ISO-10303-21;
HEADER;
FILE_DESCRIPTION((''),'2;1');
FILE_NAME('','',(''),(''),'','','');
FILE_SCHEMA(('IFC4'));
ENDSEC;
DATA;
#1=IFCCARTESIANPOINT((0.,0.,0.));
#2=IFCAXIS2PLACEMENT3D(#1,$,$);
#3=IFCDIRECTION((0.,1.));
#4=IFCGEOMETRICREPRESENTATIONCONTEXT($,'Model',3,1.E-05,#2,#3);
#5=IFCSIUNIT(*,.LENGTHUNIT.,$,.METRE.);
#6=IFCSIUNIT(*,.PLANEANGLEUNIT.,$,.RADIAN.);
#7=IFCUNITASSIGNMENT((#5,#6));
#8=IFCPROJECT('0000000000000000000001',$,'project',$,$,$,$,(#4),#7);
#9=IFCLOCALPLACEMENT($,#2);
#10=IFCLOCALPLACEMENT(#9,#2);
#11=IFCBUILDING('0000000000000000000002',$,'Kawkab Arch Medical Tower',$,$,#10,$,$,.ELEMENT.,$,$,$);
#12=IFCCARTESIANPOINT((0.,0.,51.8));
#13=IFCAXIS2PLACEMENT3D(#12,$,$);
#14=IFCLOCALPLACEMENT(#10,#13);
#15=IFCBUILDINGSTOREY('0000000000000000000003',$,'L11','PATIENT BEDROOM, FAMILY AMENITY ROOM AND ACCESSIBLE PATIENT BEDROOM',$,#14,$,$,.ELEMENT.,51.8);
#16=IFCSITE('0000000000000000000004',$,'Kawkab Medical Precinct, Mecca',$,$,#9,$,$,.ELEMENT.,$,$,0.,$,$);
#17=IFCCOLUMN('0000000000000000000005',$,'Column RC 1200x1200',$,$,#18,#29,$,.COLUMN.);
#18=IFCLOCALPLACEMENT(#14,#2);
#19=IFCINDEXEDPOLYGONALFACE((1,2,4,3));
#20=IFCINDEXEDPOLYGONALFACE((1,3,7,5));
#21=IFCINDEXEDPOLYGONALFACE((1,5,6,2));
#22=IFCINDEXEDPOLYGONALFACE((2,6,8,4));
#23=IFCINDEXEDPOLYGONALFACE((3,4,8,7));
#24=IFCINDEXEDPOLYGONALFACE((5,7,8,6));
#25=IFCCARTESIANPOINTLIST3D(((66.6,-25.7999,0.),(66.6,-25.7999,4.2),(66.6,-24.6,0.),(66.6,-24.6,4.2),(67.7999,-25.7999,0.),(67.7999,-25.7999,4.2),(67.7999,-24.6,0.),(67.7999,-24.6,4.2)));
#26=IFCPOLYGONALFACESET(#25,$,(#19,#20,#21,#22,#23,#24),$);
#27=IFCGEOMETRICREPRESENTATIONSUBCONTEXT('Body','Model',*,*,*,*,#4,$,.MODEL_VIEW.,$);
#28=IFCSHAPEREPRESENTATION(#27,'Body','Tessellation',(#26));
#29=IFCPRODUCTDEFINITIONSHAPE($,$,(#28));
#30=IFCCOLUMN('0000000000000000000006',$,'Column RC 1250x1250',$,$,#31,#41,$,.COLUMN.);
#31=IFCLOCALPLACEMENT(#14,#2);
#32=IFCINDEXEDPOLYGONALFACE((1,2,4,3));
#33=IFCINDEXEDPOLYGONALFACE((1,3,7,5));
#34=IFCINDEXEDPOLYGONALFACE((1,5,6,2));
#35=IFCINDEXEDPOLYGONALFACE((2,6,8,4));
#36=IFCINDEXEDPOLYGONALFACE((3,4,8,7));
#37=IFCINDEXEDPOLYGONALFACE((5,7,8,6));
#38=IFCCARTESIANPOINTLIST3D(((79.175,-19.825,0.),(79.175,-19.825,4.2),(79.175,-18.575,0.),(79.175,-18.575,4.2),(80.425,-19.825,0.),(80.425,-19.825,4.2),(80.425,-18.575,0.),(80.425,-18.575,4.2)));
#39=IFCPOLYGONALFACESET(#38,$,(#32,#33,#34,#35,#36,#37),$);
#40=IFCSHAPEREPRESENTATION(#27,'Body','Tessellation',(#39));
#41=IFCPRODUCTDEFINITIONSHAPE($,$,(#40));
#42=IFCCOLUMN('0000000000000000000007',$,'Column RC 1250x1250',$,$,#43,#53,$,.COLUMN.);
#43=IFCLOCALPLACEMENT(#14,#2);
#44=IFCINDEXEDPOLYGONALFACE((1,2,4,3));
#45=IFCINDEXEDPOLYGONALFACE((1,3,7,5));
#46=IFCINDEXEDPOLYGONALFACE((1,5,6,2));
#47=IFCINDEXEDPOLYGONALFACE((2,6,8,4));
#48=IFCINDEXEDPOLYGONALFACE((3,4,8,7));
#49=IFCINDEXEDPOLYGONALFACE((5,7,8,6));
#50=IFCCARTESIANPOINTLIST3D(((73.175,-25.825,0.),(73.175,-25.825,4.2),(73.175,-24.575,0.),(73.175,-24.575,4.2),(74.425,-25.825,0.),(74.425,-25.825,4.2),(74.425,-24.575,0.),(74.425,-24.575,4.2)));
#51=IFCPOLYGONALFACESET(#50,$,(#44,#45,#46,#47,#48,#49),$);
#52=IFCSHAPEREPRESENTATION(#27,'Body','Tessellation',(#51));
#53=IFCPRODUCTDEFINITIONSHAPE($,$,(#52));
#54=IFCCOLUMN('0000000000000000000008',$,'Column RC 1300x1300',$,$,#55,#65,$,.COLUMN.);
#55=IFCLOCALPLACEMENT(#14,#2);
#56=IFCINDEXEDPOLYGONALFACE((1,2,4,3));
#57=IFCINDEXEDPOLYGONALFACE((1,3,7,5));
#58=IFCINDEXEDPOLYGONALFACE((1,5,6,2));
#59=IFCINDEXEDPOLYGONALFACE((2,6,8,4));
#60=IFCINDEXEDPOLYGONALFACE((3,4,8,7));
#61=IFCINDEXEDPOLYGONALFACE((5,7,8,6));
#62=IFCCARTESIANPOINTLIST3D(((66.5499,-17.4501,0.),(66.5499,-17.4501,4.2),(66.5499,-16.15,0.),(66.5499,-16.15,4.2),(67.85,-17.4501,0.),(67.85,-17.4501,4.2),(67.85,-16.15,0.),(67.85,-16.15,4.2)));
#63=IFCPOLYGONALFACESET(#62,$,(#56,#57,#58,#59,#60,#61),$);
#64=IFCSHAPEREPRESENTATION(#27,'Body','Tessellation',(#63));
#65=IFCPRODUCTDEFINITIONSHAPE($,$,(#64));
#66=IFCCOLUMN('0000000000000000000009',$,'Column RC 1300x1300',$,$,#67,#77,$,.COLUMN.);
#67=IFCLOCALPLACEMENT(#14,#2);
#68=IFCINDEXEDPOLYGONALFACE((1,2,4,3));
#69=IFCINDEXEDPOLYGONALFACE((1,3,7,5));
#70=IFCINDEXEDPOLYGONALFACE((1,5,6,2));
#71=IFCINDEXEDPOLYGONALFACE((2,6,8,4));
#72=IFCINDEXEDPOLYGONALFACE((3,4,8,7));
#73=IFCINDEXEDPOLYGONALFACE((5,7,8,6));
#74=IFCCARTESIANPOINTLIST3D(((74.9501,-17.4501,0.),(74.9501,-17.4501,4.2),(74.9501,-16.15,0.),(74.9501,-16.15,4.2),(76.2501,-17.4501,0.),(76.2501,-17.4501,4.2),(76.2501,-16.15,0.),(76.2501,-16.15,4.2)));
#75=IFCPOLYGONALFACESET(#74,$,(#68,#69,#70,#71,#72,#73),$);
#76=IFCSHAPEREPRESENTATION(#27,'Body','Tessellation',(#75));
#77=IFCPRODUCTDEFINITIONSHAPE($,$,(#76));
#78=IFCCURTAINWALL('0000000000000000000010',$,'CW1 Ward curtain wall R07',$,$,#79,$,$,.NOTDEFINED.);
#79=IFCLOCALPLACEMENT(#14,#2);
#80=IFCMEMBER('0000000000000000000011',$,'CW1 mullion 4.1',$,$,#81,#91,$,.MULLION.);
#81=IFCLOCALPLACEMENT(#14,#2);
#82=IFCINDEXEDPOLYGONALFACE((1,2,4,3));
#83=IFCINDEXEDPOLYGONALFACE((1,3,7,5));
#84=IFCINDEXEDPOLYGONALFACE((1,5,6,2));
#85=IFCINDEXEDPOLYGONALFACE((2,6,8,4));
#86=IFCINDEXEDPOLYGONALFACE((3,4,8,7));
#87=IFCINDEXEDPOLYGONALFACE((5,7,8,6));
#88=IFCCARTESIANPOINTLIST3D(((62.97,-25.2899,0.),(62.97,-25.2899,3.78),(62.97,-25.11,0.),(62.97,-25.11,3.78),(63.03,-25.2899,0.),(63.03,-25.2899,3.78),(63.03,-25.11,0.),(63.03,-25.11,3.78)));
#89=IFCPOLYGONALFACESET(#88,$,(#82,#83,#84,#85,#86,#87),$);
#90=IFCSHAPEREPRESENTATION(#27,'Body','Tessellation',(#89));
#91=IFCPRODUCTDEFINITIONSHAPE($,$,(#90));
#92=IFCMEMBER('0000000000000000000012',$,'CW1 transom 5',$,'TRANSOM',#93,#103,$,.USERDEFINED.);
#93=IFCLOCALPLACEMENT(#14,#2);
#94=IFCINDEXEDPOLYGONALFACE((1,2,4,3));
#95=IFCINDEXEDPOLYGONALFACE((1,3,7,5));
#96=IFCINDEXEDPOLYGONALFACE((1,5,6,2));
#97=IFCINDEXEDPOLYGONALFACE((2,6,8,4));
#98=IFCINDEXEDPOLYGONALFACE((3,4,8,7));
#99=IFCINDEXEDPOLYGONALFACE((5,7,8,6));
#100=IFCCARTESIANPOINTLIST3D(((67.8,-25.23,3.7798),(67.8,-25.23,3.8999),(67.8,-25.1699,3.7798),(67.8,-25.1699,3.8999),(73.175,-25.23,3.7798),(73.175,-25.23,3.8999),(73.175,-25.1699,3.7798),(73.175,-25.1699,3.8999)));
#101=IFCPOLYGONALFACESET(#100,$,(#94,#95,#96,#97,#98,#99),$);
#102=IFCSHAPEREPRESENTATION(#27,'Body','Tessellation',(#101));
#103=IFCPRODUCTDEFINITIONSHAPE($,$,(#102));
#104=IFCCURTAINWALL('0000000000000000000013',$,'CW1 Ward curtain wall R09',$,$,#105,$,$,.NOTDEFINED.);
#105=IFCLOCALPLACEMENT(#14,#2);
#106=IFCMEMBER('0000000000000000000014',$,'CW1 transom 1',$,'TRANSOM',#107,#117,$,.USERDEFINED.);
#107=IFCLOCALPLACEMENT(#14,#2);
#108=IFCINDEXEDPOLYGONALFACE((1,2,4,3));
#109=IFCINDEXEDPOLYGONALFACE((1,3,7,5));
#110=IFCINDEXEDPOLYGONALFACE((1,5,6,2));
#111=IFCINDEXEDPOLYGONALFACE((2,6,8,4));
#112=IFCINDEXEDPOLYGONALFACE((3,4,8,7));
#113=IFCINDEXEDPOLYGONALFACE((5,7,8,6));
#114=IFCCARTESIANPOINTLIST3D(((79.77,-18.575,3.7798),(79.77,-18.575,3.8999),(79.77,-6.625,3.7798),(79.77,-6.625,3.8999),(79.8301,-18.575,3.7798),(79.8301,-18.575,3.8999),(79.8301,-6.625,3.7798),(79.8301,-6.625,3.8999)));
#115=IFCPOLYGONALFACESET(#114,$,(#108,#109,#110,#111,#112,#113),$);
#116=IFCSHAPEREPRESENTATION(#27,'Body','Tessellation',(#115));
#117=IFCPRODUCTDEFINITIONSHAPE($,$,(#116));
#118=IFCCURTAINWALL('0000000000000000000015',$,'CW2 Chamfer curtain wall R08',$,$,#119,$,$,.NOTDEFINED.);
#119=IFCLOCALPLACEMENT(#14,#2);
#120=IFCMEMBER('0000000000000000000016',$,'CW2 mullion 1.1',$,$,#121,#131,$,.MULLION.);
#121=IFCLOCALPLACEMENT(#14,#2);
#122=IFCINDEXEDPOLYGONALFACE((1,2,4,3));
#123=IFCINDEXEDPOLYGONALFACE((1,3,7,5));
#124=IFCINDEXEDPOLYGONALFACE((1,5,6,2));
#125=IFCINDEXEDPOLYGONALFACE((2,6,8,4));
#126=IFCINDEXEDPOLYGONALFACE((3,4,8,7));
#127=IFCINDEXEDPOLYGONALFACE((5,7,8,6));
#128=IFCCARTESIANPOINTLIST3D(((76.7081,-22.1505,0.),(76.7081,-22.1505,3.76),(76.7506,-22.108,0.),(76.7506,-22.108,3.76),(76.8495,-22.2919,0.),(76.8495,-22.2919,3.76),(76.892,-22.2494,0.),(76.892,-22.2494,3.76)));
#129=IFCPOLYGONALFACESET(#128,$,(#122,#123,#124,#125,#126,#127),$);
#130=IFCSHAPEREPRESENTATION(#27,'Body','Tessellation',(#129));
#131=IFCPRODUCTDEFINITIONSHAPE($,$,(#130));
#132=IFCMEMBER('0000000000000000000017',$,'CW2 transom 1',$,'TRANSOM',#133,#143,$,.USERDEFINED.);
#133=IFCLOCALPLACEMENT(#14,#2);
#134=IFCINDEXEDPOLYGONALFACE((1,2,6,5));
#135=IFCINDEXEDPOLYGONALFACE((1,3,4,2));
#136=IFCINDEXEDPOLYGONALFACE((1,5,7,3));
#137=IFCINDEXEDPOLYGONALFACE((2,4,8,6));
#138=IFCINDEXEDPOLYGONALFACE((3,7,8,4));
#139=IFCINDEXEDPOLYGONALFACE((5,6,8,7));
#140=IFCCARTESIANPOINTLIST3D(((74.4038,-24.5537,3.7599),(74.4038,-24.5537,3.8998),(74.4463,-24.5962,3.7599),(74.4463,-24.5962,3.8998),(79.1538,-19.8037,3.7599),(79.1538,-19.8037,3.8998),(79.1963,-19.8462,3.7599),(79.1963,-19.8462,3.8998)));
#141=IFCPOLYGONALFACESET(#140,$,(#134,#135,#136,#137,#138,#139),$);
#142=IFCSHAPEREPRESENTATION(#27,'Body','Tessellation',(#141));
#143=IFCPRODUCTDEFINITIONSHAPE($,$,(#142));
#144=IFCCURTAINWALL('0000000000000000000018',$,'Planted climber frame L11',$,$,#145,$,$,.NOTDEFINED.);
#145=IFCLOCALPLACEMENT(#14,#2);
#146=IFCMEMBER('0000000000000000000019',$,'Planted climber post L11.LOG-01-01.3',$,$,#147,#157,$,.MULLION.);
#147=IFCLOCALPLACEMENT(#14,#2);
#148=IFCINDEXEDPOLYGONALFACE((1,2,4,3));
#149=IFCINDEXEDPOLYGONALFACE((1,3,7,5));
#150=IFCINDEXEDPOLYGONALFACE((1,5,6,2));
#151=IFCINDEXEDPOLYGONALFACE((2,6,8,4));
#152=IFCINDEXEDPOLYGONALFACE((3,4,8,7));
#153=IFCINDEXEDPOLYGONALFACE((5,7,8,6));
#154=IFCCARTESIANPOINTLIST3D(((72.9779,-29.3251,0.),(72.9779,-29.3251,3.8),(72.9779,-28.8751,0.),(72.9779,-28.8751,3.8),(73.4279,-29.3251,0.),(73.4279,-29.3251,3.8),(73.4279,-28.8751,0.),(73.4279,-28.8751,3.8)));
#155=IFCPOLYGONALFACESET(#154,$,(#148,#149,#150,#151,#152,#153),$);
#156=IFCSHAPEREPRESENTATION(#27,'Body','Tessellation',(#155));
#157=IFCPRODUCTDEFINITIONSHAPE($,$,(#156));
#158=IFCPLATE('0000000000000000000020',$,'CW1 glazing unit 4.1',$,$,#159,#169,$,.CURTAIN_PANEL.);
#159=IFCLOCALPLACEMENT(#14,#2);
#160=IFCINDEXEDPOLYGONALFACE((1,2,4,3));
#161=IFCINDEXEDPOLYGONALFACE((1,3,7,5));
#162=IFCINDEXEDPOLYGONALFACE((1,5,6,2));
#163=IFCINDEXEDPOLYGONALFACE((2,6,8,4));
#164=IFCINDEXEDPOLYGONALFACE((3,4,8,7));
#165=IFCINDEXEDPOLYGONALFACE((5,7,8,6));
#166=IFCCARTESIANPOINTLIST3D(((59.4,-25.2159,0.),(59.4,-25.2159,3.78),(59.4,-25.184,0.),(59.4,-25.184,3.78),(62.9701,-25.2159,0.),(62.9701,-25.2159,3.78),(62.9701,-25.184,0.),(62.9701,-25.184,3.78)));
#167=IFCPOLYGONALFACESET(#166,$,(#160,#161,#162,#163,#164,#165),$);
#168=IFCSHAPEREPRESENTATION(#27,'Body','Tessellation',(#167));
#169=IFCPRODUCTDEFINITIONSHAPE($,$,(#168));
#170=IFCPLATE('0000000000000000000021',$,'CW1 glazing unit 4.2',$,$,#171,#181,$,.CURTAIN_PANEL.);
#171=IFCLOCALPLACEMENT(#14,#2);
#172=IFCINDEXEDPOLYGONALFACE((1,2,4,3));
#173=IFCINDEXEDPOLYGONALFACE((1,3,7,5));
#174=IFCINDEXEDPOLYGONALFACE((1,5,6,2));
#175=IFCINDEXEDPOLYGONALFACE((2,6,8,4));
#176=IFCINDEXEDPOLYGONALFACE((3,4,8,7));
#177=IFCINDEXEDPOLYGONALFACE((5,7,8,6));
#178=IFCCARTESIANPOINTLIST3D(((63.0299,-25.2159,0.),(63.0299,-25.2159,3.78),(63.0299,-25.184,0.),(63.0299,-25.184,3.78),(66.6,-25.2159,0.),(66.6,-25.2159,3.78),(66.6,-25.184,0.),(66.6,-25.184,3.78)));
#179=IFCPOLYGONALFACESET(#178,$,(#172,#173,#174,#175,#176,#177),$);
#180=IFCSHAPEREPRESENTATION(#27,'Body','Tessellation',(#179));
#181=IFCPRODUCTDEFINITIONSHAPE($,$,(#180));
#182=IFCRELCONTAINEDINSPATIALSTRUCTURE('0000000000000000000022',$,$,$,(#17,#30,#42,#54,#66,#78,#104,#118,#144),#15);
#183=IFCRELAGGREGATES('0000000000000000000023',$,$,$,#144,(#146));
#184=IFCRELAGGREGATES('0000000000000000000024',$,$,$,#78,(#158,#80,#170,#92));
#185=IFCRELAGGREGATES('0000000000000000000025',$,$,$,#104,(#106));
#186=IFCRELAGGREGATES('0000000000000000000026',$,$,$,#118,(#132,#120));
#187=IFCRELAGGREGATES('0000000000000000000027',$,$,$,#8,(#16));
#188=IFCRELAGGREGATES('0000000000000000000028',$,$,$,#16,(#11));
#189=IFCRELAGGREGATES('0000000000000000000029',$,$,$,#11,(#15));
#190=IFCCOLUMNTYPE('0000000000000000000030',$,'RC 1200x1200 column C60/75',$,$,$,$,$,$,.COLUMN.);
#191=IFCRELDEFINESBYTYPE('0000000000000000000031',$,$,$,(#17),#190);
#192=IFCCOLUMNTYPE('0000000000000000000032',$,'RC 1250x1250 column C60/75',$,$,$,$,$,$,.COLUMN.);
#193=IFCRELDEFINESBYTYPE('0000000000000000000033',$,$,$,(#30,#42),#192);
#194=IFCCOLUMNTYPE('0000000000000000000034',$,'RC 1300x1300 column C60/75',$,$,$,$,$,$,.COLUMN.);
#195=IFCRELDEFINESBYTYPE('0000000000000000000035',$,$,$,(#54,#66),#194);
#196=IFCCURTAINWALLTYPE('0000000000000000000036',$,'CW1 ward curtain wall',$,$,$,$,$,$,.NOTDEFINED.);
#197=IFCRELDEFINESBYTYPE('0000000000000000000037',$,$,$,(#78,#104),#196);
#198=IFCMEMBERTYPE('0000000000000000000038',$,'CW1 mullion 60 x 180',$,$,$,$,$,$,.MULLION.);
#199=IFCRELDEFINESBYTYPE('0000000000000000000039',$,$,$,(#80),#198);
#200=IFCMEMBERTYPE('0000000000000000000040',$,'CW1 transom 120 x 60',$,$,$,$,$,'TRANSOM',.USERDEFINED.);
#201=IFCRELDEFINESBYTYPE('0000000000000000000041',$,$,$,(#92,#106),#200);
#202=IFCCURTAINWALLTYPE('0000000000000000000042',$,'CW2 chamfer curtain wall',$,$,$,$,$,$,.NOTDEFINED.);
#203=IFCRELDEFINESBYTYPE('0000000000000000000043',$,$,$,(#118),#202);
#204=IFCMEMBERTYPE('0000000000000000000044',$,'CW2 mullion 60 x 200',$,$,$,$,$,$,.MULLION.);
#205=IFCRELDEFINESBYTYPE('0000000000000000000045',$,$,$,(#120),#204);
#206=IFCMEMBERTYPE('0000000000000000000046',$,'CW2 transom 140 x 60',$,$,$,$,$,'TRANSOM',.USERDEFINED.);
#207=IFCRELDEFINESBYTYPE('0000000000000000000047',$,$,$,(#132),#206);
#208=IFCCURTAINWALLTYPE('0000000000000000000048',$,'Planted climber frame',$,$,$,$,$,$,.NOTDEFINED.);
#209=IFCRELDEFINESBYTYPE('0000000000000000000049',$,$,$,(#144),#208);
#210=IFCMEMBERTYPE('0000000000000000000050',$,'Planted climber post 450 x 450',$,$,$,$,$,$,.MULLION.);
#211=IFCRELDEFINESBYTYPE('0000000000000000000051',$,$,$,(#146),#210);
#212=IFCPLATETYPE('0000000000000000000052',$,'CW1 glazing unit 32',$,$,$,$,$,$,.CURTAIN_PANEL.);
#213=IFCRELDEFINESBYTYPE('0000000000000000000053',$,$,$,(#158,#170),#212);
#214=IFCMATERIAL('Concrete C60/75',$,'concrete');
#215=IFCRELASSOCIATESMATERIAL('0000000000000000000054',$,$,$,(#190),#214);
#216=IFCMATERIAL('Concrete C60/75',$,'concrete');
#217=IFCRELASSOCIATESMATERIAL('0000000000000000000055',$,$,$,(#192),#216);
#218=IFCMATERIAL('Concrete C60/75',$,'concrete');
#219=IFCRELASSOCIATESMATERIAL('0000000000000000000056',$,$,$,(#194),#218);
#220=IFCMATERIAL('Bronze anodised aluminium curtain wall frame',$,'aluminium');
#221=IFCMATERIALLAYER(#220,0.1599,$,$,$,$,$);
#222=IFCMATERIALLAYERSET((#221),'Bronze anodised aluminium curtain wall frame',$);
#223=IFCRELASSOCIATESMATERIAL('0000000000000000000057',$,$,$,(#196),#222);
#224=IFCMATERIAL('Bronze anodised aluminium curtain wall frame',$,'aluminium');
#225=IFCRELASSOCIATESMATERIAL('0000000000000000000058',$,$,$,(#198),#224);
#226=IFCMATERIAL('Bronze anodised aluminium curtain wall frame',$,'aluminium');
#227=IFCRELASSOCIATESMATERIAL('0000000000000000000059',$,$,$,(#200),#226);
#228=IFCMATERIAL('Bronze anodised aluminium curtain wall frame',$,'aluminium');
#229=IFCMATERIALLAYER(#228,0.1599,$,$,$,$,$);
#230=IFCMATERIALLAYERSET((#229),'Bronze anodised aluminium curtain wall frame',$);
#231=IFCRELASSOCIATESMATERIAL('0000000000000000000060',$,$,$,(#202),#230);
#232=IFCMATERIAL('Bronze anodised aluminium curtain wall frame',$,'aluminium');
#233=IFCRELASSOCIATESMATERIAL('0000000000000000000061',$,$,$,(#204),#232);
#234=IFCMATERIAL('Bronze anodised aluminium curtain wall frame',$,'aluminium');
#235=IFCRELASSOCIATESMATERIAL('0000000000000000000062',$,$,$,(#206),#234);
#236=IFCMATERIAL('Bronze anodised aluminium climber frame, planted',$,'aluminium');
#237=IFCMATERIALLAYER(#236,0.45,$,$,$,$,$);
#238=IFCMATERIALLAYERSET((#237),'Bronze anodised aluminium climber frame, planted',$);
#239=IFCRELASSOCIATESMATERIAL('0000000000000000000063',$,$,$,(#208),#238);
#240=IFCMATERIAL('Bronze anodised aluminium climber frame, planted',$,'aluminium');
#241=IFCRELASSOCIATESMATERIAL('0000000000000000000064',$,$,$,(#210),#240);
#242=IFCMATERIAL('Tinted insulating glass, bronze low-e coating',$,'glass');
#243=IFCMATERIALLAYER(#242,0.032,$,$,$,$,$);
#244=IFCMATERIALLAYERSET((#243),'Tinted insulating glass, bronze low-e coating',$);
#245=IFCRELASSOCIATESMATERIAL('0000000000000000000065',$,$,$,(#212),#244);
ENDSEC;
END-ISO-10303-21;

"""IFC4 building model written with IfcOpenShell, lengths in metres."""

from ifc_helpers import new_model, si_unit, direction, frame, origin, origin_2d, place, context, subcontext, project, spatial, rectangle, extrude, material, layer, layer_set, material_profile, profile_set, type_object, element, aggregate, save


model = new_model("IFC4")

# Units and contexts
model_context = context("Model", 3, precision=1e-05, world=origin(), true_north=direction((0.0, 1.0)))
body_context = subcontext(model_context, "Body", "Model", "MODEL_VIEW")
ifc_project = project(units=[si_unit("LENGTHUNIT", "METRE"), si_unit("PLANEANGLEUNIT", "RADIAN")], contexts=[model_context])

# Site, building, storey
site_placement = place(None, origin())
site = spatial("IfcSite", under=ifc_project, at=site_placement, Name="Kawkab Medical Precinct, Mecca", CompositionType="ELEMENT", RefElevation=0.0)
building_placement = place(site_placement, origin())
building = spatial("IfcBuilding", under=site, at=building_placement, Name="Kawkab Arch Medical Tower", CompositionType="ELEMENT")
storey_placement = place(building_placement, frame((0.0, 0.0, 51.8)))
storey = spatial("IfcBuildingStorey", under=building, at=storey_placement, Name="L11", Description="PATIENT BEDROOM, FAMILY AMENITY ROOM AND ACCESSIBLE PATIENT BEDROOM", CompositionType="ELEMENT", Elevation=51.8)

# Columns
ifc_material_1 = material(Name="Concrete C60/75", Category="concrete")
ifc_material_profile_1 = material_profile(ifc_material_1, rectangle(XDim=1.2, YDim=1.2, at=origin_2d()), Name="RC 1200x1200")
ifc_profile_set_1 = profile_set([ifc_material_profile_1], Name="Concrete C60/75")
column_type_1 = type_object("IfcColumnType", Name="RC 1200x1200 column C60/75", PredefinedType="COLUMN", material=ifc_profile_set_1)
column_placement = place(storey_placement, frame((67.2, -25.2, 0.0), z_axis=(0.0, 0.0, 1.0), x_axis=(1.0, 0.0, 0.0)))
element("IfcColumn", 1, at=column_placement, inside=storey, type_object=column_type_1, Name="Column RC 1200x1200", PredefinedType="COLUMN", context=body_context, shape_type="SweptSolid", body=[
    extrude(rectangle(XDim=1.2, YDim=1.2, at=origin_2d()), origin(), (0.0, 0.0, 1.0), 4.2),
])
ifc_material_2 = material(Name="Concrete C60/75", Category="concrete")
ifc_material_profile_2 = material_profile(ifc_material_2, rectangle(XDim=1.25, YDim=1.25, at=origin_2d()), Name="RC 1250x1250")
ifc_profile_set_2 = profile_set([ifc_material_profile_2], Name="Concrete C60/75")
column_type_2 = type_object("IfcColumnType", Name="RC 1250x1250 column C60/75", PredefinedType="COLUMN", material=ifc_profile_set_2)
for number, where, z_axis, x_axis, name in (
    (2, (79.8, -19.2, 0.0), (0.0, 0.0, 1.0), (1.0, 0.0, 0.0), "Column RC 1250x1250"),
    (3, (73.8, -25.2, 0.0), (0.0, 0.0, 1.0), (1.0, 0.0, 0.0), "Column RC 1250x1250"),
):
    element("IfcColumn", number, at=place(storey_placement, frame(where, z_axis=z_axis, x_axis=x_axis)), inside=storey, type_object=column_type_2, Name=name, PredefinedType="COLUMN", context=body_context, shape_type="SweptSolid", body=[
        extrude(rectangle(XDim=1.25, YDim=1.25, at=origin_2d()), origin(), (0.0, 0.0, 1.0), 4.2),
    ])
ifc_material_3 = material(Name="Concrete C60/75", Category="concrete")
ifc_material_profile_3 = material_profile(ifc_material_3, rectangle(XDim=1.3, YDim=1.3, at=origin_2d()), Name="RC 1300x1300")
ifc_profile_set_3 = profile_set([ifc_material_profile_3], Name="Concrete C60/75")
column_type_3 = type_object("IfcColumnType", Name="RC 1300x1300 column C60/75", PredefinedType="COLUMN", material=ifc_profile_set_3)
for number, where, z_axis, x_axis, name in (
    (4, (67.2, -16.8, 0.0), (0.0, 0.0, 1.0), (1.0, 0.0, 0.0), "Column RC 1300x1300"),
    (5, (75.6001, -16.8, 0.0), (0.0, 0.0, 1.0), (1.0, 0.0, 0.0), "Column RC 1300x1300"),
):
    element("IfcColumn", number, at=place(storey_placement, frame(where, z_axis=z_axis, x_axis=x_axis)), inside=storey, type_object=column_type_3, Name=name, PredefinedType="COLUMN", context=body_context, shape_type="SweptSolid", body=[
        extrude(rectangle(XDim=1.3, YDim=1.3, at=origin_2d()), origin(), (0.0, 0.0, 1.0), 4.2),
    ])

# Curtain wall, members
ifc_material_4 = material(Name="Bronze anodised aluminium curtain wall frame", Category="aluminium")
ifc_layer_1 = layer(ifc_material_4, 0.1599)
ifc_layer_set_1 = layer_set([ifc_layer_1], Name="Bronze anodised aluminium curtain wall frame")
curtain_wall_type_1 = type_object("IfcCurtainWallType", Name="CW1 ward curtain wall", PredefinedType="NOTDEFINED", material=ifc_layer_set_1)
placement = place(storey_placement, origin())
curtain_wall_1 = element("IfcCurtainWall", 6, at=placement, inside=storey, type_object=curtain_wall_type_1, Name="CW1 Ward curtain wall R07", PredefinedType="NOTDEFINED")
ifc_material_5 = material(Name="Bronze anodised aluminium curtain wall frame", Category="aluminium")
ifc_material_profile_4 = material_profile(ifc_material_5, rectangle(XDim=0.1799, YDim=0.0601, at=origin_2d()), Name="AL 60x180")
ifc_profile_set_4 = profile_set([ifc_material_profile_4], Name="Bronze anodised aluminium curtain wall frame")
member_type_1 = type_object("IfcMemberType", Name="CW1 mullion 60 x 180", PredefinedType="MULLION", material=ifc_profile_set_4)
member_1_placement = place(storey_placement, frame((63.0, -25.2, 0.0), z_axis=(0.0, 0.0, 1.0), x_axis=(0.0, 1.0, 0.0)))
member_1 = element("IfcMember", 7, at=member_1_placement, type_object=member_type_1, Name="CW1 mullion 4.1", PredefinedType="MULLION", context=body_context, shape_type="SweptSolid", body=[
    extrude(rectangle(XDim=0.1799, YDim=0.0601, at=origin_2d()), origin(), (0.0, 0.0, 1.0), 3.78),
])
ifc_material_6 = material(Name="Bronze anodised aluminium curtain wall frame", Category="aluminium")
ifc_material_profile_5 = material_profile(ifc_material_6, rectangle(XDim=0.0601, YDim=0.1201, at=origin_2d()), Name="AL 60x120")
ifc_profile_set_5 = profile_set([ifc_material_profile_5], Name="Bronze anodised aluminium curtain wall frame")
member_type_2 = type_object("IfcMemberType", Name="CW1 transom 120 x 60", ElementType="TRANSOM", PredefinedType="USERDEFINED", material=ifc_profile_set_5)
member_2_placement = place(storey_placement, frame((67.8, -25.2, 3.8398), z_axis=(1.0, 0.0, 0.0), x_axis=(0.0, 1.0, 0.0)))
member_2 = element("IfcMember", 8, at=member_2_placement, type_object=member_type_2, Name="CW1 transom 5", ObjectType="TRANSOM", PredefinedType="USERDEFINED", context=body_context, shape_type="SweptSolid", body=[
    extrude(rectangle(XDim=0.0601, YDim=0.1201, at=origin_2d()), origin(), (0.0, 0.0, 1.0), 5.375),
])

# Curtain wall, member
curtain_wall_2 = element("IfcCurtainWall", 9, at=placement, inside=storey, type_object=curtain_wall_type_1, Name="CW1 Ward curtain wall R09", PredefinedType="NOTDEFINED")
member_3_placement = place(storey_placement, frame((79.8, -18.575, 3.8398), z_axis=(0.0, 1.0, 0.0), x_axis=(-1.0, 0.0, 0.0)))
member_3 = element("IfcMember", 10, at=member_3_placement, type_object=member_type_2, Name="CW1 transom 1", ObjectType="TRANSOM", PredefinedType="USERDEFINED", context=body_context, shape_type="SweptSolid", body=[
    extrude(rectangle(XDim=0.0601, YDim=0.1201, at=origin_2d()), origin(), (0.0, 0.0, 1.0), 11.95),
])

# Curtain wall, members
ifc_material_7 = material(Name="Bronze anodised aluminium curtain wall frame", Category="aluminium")
ifc_layer_2 = layer(ifc_material_7, 0.1599)
ifc_layer_set_2 = layer_set([ifc_layer_2], Name="Bronze anodised aluminium curtain wall frame")
curtain_wall_type_2 = type_object("IfcCurtainWallType", Name="CW2 chamfer curtain wall", PredefinedType="NOTDEFINED", material=ifc_layer_set_2)
curtain_wall_3 = element("IfcCurtainWall", 11, at=placement, inside=storey, type_object=curtain_wall_type_2, Name="CW2 Chamfer curtain wall R08", PredefinedType="NOTDEFINED")
ifc_material_8 = material(Name="Bronze anodised aluminium curtain wall frame", Category="aluminium")
ifc_material_profile_6 = material_profile(ifc_material_8, rectangle(XDim=0.2, YDim=0.0601, at=origin_2d()), Name="AL 60x200")
ifc_profile_set_6 = profile_set([ifc_material_profile_6], Name="Bronze anodised aluminium curtain wall frame")
member_type_3 = type_object("IfcMemberType", Name="CW2 mullion 60 x 200", PredefinedType="MULLION", material=ifc_profile_set_6)
member_4_placement = place(storey_placement, frame((76.8, -22.2, 0.0), z_axis=(0.0, 0.0, 1.0), x_axis=(-0.707107, 0.707107, 0.0)))
member_4 = element("IfcMember", 12, at=member_4_placement, type_object=member_type_3, Name="CW2 mullion 1.1", PredefinedType="MULLION", context=body_context, shape_type="SweptSolid", body=[
    extrude(rectangle(XDim=0.2, YDim=0.0601, at=origin_2d()), origin(), (0.0, 0.0, 1.0), 3.76),
])
ifc_material_9 = material(Name="Bronze anodised aluminium curtain wall frame", Category="aluminium")
ifc_material_profile_7 = material_profile(ifc_material_9, rectangle(XDim=0.0601, YDim=0.1399, at=origin_2d()), Name="AL 60x140")
ifc_profile_set_7 = profile_set([ifc_material_profile_7], Name="Bronze anodised aluminium curtain wall frame")
member_type_4 = type_object("IfcMemberType", Name="CW2 transom 140 x 60", ElementType="TRANSOM", PredefinedType="USERDEFINED", material=ifc_profile_set_7)
member_5_placement = place(storey_placement, frame((74.425, -24.575, 3.8298), z_axis=(0.707107, 0.707107, 0.0), x_axis=(-0.707107, 0.707107, 0.0)))
member_5 = element("IfcMember", 13, at=member_5_placement, type_object=member_type_4, Name="CW2 transom 1", ObjectType="TRANSOM", PredefinedType="USERDEFINED", context=body_context, shape_type="SweptSolid", body=[
    extrude(rectangle(XDim=0.0601, YDim=0.1399, at=origin_2d()), origin(), (0.0, 0.0, 1.0), 6.7175),
])

# Curtain wall, member
ifc_material_10 = material(Name="Bronze anodised aluminium climber frame, planted", Category="aluminium")
ifc_layer_3 = layer(ifc_material_10, 0.45)
ifc_layer_set_3 = layer_set([ifc_layer_3], Name="Bronze anodised aluminium climber frame, planted")
curtain_wall_type_3 = type_object("IfcCurtainWallType", Name="Planted climber frame", PredefinedType="NOTDEFINED", material=ifc_layer_set_3)
curtain_wall_4 = element("IfcCurtainWall", 14, at=placement, inside=storey, type_object=curtain_wall_type_3, Name="Planted climber frame L11", PredefinedType="NOTDEFINED")
ifc_material_11 = material(Name="Bronze anodised aluminium climber frame, planted", Category="aluminium")
ifc_material_profile_8 = material_profile(ifc_material_11, rectangle(XDim=0.45, YDim=0.45, at=origin_2d()), Name="Post 450x450")
ifc_profile_set_8 = profile_set([ifc_material_profile_8], Name="Bronze anodised aluminium climber frame, planted")
member_type_5 = type_object("IfcMemberType", Name="Planted climber post 450 x 450", PredefinedType="MULLION", material=ifc_profile_set_8)
member_6_placement = place(storey_placement, frame((73.2029, -29.1001, 0.0), z_axis=(0.0, 0.0, 1.0), x_axis=(1.0, 0.0, 0.0)))
member_6 = element("IfcMember", 15, at=member_6_placement, type_object=member_type_5, Name="Planted climber post L11.LOG-01-01.3", PredefinedType="MULLION", context=body_context, shape_type="SweptSolid", body=[
    extrude(rectangle(XDim=0.45, YDim=0.45, at=origin_2d()), origin(), (0.0, 0.0, 1.0), 3.8),
])
aggregate(curtain_wall_4, [member_6])

# Plates
ifc_material_12 = material(Name="Tinted insulating glass, bronze low-e coating", Category="glass")
ifc_layer_4 = layer(ifc_material_12, 0.032)
ifc_layer_set_4 = layer_set([ifc_layer_4], Name="Tinted insulating glass, bronze low-e coating")
plate_type_1 = type_object("IfcPlateType", Name="CW1 glazing unit 32", PredefinedType="CURTAIN_PANEL", material=ifc_layer_set_4)
plate_1_placement = place(storey_placement, frame((61.1851, -25.2, 0.0), z_axis=(0.0, 0.0, 1.0), x_axis=(1.0, 0.0, 0.0)))
plate_1 = element("IfcPlate", 16, at=plate_1_placement, type_object=plate_type_1, Name="CW1 glazing unit 4.1", PredefinedType="CURTAIN_PANEL", context=body_context, shape_type="SweptSolid", body=[
    extrude(rectangle(XDim=3.5701, YDim=0.032, at=origin_2d()), origin(), (0.0, 0.0, 1.0), 3.78),
])
plate_2_placement = place(storey_placement, frame((64.8149, -25.2, 0.0), z_axis=(0.0, 0.0, 1.0), x_axis=(1.0, 0.0, 0.0)))
plate_2 = element("IfcPlate", 17, at=plate_2_placement, type_object=plate_type_1, Name="CW1 glazing unit 4.2", PredefinedType="CURTAIN_PANEL", context=body_context, shape_type="SweptSolid", body=[
    extrude(rectangle(XDim=3.5701, YDim=0.032, at=origin_2d()), origin(), (0.0, 0.0, 1.0), 3.78),
])
aggregate(curtain_wall_1, [plate_1, member_1, plate_2, member_2])
aggregate(curtain_wall_2, [member_3])
aggregate(curtain_wall_3, [member_5, member_4])

save(model, "model.ifc")
